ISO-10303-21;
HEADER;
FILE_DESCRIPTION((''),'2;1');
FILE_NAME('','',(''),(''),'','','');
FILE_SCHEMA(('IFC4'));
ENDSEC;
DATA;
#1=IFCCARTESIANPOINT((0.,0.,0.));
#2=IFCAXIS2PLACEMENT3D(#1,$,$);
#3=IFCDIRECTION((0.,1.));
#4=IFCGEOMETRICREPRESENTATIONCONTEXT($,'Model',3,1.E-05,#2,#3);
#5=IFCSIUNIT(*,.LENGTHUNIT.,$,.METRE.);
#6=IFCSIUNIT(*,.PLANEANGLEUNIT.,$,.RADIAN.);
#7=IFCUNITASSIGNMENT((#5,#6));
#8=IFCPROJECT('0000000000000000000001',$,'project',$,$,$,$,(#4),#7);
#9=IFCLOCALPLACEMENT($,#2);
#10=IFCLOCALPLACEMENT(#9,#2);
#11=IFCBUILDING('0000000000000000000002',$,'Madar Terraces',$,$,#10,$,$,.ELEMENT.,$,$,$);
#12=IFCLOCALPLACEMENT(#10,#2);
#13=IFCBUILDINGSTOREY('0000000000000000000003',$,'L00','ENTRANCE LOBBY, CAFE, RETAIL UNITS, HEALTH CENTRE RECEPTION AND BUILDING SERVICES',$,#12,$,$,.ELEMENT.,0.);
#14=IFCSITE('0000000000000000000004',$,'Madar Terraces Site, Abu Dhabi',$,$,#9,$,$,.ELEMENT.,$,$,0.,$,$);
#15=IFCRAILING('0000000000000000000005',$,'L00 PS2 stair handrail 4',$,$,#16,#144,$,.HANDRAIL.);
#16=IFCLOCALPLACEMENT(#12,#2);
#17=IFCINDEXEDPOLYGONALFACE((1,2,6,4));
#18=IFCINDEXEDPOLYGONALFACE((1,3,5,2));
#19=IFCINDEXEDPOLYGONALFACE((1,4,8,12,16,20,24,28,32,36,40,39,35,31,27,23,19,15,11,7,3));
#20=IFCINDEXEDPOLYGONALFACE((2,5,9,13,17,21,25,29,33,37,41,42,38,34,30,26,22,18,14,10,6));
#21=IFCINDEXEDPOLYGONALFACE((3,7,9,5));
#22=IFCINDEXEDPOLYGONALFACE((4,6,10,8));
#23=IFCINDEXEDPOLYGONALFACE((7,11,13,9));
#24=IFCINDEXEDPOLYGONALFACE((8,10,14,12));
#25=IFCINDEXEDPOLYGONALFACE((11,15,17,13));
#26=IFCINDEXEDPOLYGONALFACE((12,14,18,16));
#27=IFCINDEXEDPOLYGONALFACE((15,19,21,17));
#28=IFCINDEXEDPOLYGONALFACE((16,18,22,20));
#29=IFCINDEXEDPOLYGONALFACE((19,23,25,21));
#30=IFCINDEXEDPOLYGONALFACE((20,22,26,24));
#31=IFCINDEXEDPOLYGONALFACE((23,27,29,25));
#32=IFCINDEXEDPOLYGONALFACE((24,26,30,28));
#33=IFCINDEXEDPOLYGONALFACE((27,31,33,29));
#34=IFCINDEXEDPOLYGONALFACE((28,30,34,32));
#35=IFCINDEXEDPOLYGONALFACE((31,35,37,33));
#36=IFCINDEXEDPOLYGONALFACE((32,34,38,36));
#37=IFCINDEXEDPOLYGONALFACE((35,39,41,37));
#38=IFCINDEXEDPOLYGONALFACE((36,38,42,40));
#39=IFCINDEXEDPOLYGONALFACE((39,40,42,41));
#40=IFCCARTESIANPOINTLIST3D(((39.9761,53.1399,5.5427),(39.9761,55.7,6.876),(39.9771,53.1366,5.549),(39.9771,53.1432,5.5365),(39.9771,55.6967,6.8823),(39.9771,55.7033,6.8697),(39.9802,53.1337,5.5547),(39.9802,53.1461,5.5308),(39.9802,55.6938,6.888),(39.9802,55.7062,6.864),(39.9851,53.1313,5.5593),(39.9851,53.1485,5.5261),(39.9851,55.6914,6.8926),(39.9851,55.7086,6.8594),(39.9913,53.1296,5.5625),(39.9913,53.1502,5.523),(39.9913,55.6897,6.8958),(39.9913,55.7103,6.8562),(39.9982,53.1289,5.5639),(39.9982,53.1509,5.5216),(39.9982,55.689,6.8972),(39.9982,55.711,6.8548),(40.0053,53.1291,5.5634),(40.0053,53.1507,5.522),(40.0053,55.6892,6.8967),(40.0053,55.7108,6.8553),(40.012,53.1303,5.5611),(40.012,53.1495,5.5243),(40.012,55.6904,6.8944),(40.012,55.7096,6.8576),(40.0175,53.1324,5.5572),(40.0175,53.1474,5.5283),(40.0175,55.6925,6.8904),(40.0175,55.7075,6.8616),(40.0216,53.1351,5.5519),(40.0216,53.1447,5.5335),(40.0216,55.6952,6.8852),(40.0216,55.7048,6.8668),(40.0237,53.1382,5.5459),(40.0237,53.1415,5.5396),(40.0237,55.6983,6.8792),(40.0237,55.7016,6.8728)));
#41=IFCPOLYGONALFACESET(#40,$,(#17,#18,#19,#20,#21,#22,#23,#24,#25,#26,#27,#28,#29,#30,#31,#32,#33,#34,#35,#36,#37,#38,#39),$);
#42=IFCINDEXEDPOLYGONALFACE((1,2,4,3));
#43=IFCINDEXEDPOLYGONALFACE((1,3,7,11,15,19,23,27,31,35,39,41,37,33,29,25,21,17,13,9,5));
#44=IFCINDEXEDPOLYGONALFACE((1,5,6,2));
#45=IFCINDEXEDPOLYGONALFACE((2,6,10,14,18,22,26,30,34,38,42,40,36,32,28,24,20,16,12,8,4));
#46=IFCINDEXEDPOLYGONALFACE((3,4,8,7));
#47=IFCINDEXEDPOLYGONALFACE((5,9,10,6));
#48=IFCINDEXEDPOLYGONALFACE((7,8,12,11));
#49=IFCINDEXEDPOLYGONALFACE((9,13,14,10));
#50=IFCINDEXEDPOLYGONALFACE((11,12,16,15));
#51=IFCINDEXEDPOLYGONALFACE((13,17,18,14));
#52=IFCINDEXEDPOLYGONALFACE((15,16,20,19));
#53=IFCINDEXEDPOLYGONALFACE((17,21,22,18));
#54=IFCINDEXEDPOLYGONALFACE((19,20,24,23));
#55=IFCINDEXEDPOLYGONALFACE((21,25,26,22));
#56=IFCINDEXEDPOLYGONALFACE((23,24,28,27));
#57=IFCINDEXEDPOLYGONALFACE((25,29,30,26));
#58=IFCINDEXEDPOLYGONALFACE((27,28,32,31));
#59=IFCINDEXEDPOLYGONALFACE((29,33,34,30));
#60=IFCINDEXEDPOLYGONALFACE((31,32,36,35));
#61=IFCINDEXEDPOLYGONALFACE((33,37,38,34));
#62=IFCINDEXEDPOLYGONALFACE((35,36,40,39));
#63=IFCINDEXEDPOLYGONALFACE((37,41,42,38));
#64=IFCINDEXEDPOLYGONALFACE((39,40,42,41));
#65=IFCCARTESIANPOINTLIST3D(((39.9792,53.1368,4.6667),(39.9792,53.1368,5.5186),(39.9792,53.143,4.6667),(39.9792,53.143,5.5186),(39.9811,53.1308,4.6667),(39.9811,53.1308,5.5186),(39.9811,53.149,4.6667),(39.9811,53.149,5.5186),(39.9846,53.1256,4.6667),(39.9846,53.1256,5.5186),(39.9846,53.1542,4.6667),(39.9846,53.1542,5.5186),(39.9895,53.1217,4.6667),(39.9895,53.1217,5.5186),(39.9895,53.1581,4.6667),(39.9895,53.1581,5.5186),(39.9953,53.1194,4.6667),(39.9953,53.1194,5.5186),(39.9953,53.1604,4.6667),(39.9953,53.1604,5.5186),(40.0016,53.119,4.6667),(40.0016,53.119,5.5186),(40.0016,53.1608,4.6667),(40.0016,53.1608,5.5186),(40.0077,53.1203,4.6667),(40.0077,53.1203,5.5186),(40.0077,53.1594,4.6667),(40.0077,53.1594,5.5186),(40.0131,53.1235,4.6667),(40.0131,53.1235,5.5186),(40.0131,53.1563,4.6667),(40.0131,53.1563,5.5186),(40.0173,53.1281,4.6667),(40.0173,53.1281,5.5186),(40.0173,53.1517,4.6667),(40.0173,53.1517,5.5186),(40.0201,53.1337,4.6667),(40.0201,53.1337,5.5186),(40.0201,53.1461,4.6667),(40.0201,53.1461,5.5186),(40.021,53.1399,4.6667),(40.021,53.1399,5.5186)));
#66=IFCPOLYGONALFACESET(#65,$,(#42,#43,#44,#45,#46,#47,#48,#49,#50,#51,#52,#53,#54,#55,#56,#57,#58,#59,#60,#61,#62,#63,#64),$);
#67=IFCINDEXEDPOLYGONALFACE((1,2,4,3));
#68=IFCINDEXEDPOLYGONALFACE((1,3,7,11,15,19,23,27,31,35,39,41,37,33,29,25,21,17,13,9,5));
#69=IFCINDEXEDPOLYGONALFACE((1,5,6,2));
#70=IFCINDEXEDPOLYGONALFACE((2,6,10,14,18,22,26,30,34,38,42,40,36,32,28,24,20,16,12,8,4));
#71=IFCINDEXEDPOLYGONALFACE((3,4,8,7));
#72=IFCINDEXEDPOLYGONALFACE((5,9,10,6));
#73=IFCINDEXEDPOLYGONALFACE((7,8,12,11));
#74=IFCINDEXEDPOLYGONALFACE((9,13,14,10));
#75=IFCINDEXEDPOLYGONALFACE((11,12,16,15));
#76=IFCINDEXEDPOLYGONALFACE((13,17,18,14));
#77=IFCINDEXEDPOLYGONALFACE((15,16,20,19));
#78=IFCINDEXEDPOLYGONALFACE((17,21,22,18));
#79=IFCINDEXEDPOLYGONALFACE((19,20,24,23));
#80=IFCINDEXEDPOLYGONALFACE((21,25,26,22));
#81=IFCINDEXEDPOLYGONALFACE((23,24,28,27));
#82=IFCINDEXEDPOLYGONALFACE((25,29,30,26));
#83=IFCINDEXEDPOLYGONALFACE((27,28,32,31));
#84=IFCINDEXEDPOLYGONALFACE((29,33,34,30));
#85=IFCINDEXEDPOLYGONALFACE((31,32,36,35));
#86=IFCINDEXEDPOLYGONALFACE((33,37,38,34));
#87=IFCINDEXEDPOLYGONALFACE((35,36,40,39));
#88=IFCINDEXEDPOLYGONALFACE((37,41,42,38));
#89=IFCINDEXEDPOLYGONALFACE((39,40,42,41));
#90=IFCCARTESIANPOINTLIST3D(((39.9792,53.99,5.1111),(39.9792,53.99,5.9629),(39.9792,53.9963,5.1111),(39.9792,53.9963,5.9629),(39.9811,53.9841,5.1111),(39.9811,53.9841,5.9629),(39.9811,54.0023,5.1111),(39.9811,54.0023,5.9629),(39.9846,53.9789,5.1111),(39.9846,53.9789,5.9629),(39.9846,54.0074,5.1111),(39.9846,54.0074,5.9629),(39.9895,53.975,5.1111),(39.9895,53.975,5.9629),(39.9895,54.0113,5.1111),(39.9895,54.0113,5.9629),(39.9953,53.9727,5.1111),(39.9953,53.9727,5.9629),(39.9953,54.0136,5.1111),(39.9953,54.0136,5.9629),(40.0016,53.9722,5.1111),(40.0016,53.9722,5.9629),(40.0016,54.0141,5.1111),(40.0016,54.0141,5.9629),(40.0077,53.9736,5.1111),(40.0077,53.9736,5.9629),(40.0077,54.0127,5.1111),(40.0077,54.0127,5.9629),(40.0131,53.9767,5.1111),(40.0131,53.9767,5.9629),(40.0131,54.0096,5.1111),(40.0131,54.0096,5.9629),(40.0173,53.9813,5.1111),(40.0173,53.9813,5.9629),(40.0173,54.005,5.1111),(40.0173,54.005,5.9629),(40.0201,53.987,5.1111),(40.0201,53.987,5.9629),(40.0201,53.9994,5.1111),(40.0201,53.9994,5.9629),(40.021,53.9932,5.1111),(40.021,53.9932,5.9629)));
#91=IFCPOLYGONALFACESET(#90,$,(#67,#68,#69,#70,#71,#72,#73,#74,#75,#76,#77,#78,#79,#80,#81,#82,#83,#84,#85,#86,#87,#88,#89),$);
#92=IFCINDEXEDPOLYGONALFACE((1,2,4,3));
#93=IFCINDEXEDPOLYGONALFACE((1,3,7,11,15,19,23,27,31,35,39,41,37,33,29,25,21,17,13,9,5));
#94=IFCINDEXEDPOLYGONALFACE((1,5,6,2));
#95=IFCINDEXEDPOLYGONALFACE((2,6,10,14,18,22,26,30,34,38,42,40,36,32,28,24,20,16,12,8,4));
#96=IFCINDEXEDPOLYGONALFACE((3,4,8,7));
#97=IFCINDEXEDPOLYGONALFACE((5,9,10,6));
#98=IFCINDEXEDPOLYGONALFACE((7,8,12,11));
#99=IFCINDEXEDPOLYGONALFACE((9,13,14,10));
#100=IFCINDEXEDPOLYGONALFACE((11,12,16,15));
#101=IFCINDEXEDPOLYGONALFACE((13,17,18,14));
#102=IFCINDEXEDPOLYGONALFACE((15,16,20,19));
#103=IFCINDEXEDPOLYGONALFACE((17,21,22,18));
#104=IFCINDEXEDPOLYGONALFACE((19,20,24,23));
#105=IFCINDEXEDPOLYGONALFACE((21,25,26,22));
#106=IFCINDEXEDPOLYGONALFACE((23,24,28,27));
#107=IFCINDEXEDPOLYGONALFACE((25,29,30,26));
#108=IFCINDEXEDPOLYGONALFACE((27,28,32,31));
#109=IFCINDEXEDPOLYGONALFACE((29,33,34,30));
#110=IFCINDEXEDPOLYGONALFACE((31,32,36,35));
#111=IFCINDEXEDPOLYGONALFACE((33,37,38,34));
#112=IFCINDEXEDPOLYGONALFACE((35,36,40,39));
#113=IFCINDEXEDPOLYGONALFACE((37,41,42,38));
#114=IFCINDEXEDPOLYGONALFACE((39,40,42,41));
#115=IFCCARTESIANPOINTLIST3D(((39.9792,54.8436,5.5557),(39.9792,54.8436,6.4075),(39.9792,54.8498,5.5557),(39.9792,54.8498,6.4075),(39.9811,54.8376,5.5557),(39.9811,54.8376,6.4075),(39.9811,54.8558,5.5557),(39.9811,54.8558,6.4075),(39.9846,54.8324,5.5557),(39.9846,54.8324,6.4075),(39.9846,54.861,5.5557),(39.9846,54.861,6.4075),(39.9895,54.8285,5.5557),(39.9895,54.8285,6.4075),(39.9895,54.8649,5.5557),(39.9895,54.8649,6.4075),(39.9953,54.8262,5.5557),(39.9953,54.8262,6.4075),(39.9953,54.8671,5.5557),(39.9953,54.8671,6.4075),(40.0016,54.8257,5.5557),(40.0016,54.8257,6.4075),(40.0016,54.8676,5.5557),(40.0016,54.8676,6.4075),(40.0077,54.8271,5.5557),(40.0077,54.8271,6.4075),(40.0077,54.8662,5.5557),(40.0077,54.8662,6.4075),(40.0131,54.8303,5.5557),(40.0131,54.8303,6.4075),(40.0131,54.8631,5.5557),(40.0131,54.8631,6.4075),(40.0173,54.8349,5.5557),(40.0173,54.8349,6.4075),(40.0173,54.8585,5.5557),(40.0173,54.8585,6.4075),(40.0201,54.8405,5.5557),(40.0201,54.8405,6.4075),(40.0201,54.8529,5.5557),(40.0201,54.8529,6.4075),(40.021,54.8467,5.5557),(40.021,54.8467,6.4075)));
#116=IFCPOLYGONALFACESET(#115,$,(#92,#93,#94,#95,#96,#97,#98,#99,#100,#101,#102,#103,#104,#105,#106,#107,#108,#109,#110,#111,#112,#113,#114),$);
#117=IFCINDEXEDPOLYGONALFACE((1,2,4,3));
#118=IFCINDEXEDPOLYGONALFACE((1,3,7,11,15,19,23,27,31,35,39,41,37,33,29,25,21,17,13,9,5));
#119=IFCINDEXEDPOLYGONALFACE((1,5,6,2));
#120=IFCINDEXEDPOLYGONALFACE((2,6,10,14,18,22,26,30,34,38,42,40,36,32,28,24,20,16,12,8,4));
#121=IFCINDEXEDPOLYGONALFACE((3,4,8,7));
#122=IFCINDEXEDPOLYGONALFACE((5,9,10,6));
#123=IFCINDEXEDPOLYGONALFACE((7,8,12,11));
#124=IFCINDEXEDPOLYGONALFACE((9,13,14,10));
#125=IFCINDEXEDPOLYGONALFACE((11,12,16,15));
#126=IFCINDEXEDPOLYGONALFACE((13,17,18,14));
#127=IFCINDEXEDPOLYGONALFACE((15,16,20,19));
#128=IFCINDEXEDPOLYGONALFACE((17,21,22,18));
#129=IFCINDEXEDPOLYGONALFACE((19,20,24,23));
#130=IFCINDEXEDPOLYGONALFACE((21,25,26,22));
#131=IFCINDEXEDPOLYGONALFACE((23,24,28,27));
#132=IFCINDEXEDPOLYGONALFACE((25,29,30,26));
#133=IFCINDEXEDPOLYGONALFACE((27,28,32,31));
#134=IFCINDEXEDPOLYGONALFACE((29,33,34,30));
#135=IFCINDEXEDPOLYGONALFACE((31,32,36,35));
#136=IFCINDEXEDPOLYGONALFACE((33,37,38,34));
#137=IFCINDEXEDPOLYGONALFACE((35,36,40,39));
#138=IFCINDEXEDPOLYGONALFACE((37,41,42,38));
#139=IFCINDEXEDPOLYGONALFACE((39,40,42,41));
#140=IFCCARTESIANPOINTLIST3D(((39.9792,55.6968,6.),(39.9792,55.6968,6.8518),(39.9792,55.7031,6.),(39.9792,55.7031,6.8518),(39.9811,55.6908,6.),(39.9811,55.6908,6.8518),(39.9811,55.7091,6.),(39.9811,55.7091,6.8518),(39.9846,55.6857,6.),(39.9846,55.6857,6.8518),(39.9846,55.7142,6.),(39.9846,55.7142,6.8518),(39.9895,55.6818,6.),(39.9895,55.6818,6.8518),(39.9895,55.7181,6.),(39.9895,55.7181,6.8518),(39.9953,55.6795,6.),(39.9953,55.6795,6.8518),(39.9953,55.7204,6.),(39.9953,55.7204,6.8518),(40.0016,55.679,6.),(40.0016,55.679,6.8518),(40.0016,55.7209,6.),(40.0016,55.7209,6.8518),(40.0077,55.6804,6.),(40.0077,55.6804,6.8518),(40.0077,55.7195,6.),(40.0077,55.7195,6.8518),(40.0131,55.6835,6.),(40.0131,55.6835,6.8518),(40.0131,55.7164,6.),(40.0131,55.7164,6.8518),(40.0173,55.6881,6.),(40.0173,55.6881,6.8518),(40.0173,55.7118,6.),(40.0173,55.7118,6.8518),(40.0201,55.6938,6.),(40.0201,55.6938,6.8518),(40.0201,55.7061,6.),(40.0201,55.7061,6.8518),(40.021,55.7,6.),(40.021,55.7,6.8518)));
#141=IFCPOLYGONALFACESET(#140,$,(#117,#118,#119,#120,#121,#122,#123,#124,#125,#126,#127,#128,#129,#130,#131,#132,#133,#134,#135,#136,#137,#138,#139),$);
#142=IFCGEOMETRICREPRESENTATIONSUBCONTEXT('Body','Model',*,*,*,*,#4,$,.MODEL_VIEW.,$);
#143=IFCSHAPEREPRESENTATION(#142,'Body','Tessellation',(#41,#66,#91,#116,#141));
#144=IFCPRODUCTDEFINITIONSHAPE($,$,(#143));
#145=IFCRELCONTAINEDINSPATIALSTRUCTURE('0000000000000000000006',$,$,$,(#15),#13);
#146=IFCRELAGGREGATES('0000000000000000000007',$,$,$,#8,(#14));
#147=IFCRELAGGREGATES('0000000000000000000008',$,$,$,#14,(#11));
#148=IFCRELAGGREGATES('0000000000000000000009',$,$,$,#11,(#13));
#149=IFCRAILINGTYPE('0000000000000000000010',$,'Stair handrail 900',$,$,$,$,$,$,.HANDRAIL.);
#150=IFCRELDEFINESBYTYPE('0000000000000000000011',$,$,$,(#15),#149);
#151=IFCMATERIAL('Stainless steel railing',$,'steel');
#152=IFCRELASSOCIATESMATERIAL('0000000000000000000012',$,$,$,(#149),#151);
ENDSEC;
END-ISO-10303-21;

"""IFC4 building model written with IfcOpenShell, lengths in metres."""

from ifc_helpers import new_model, si_unit, direction, frame, origin, origin_2d, place, context, subcontext, project, spatial, circle, extrude, material, type_object, element, save


model = new_model("IFC4")

# Units and contexts
model_context = context("Model", 3, precision=1e-05, world=origin(), true_north=direction((0.0, 1.0)))
body_context = subcontext(model_context, "Body", "Model", "MODEL_VIEW")
ifc_project = project(units=[si_unit("LENGTHUNIT", "METRE"), si_unit("PLANEANGLEUNIT", "RADIAN")], contexts=[model_context])

# Site, building, storey
site_placement = place(None, origin())
site = spatial("IfcSite", under=ifc_project, at=site_placement, Name="Madar Terraces Site, Abu Dhabi", CompositionType="ELEMENT", RefElevation=0.0)
building_placement = place(site_placement, origin())
building = spatial("IfcBuilding", under=site, at=building_placement, Name="Madar Terraces", CompositionType="ELEMENT")
storey_placement = place(building_placement, origin())
storey = spatial("IfcBuildingStorey", under=building, at=storey_placement, Name="L00", Description="ENTRANCE LOBBY, CAFE, RETAIL UNITS, HEALTH CENTRE RECEPTION AND BUILDING SERVICES", CompositionType="ELEMENT", Elevation=0.0)

# Railing
ifc_material_1 = material(Name="Stainless steel railing", Category="steel")
railing_type_1 = type_object("IfcRailingType", Name="Stair handrail 900", PredefinedType="HANDRAIL", material=ifc_material_1)
railing_1_placement = place(storey_placement, frame((40.0, 53.1399, 4.6667)))
element("IfcRailing", 1, at=railing_1_placement, inside=storey, type_object=railing_type_1, Name="L00 PS2 stair handrail 4", PredefinedType="HANDRAIL", context=body_context, shape_type="SweptSolid", body=[
    extrude(circle(Radius=0.0239, at=origin_2d()), frame((0.0, 0.0, 0.876), z_axis=(0.0, 0.88693, 0.461904), x_axis=(-1.0, 0.0, 0.0)), (0.0, 0.0, 1.0), 2.8865),
    extrude(circle(Radius=0.021, at=origin_2d()), origin(), (0.0, 0.0, 1.0), 0.8518),
    extrude(circle(Radius=0.021, at=origin_2d()), frame((0.0, 0.8533, 0.4443)), (0.0, 0.0, 1.0), 0.8518),
    extrude(circle(Radius=0.021, at=origin_2d()), frame((0.0, 1.7068, 0.8889)), (0.0, 0.0, 1.0), 0.8518),
    extrude(circle(Radius=0.021, at=origin_2d()), frame((0.0, 2.5601, 1.3333)), (0.0, 0.0, 1.0), 0.8518),
])

save(model, "model.ifc")
